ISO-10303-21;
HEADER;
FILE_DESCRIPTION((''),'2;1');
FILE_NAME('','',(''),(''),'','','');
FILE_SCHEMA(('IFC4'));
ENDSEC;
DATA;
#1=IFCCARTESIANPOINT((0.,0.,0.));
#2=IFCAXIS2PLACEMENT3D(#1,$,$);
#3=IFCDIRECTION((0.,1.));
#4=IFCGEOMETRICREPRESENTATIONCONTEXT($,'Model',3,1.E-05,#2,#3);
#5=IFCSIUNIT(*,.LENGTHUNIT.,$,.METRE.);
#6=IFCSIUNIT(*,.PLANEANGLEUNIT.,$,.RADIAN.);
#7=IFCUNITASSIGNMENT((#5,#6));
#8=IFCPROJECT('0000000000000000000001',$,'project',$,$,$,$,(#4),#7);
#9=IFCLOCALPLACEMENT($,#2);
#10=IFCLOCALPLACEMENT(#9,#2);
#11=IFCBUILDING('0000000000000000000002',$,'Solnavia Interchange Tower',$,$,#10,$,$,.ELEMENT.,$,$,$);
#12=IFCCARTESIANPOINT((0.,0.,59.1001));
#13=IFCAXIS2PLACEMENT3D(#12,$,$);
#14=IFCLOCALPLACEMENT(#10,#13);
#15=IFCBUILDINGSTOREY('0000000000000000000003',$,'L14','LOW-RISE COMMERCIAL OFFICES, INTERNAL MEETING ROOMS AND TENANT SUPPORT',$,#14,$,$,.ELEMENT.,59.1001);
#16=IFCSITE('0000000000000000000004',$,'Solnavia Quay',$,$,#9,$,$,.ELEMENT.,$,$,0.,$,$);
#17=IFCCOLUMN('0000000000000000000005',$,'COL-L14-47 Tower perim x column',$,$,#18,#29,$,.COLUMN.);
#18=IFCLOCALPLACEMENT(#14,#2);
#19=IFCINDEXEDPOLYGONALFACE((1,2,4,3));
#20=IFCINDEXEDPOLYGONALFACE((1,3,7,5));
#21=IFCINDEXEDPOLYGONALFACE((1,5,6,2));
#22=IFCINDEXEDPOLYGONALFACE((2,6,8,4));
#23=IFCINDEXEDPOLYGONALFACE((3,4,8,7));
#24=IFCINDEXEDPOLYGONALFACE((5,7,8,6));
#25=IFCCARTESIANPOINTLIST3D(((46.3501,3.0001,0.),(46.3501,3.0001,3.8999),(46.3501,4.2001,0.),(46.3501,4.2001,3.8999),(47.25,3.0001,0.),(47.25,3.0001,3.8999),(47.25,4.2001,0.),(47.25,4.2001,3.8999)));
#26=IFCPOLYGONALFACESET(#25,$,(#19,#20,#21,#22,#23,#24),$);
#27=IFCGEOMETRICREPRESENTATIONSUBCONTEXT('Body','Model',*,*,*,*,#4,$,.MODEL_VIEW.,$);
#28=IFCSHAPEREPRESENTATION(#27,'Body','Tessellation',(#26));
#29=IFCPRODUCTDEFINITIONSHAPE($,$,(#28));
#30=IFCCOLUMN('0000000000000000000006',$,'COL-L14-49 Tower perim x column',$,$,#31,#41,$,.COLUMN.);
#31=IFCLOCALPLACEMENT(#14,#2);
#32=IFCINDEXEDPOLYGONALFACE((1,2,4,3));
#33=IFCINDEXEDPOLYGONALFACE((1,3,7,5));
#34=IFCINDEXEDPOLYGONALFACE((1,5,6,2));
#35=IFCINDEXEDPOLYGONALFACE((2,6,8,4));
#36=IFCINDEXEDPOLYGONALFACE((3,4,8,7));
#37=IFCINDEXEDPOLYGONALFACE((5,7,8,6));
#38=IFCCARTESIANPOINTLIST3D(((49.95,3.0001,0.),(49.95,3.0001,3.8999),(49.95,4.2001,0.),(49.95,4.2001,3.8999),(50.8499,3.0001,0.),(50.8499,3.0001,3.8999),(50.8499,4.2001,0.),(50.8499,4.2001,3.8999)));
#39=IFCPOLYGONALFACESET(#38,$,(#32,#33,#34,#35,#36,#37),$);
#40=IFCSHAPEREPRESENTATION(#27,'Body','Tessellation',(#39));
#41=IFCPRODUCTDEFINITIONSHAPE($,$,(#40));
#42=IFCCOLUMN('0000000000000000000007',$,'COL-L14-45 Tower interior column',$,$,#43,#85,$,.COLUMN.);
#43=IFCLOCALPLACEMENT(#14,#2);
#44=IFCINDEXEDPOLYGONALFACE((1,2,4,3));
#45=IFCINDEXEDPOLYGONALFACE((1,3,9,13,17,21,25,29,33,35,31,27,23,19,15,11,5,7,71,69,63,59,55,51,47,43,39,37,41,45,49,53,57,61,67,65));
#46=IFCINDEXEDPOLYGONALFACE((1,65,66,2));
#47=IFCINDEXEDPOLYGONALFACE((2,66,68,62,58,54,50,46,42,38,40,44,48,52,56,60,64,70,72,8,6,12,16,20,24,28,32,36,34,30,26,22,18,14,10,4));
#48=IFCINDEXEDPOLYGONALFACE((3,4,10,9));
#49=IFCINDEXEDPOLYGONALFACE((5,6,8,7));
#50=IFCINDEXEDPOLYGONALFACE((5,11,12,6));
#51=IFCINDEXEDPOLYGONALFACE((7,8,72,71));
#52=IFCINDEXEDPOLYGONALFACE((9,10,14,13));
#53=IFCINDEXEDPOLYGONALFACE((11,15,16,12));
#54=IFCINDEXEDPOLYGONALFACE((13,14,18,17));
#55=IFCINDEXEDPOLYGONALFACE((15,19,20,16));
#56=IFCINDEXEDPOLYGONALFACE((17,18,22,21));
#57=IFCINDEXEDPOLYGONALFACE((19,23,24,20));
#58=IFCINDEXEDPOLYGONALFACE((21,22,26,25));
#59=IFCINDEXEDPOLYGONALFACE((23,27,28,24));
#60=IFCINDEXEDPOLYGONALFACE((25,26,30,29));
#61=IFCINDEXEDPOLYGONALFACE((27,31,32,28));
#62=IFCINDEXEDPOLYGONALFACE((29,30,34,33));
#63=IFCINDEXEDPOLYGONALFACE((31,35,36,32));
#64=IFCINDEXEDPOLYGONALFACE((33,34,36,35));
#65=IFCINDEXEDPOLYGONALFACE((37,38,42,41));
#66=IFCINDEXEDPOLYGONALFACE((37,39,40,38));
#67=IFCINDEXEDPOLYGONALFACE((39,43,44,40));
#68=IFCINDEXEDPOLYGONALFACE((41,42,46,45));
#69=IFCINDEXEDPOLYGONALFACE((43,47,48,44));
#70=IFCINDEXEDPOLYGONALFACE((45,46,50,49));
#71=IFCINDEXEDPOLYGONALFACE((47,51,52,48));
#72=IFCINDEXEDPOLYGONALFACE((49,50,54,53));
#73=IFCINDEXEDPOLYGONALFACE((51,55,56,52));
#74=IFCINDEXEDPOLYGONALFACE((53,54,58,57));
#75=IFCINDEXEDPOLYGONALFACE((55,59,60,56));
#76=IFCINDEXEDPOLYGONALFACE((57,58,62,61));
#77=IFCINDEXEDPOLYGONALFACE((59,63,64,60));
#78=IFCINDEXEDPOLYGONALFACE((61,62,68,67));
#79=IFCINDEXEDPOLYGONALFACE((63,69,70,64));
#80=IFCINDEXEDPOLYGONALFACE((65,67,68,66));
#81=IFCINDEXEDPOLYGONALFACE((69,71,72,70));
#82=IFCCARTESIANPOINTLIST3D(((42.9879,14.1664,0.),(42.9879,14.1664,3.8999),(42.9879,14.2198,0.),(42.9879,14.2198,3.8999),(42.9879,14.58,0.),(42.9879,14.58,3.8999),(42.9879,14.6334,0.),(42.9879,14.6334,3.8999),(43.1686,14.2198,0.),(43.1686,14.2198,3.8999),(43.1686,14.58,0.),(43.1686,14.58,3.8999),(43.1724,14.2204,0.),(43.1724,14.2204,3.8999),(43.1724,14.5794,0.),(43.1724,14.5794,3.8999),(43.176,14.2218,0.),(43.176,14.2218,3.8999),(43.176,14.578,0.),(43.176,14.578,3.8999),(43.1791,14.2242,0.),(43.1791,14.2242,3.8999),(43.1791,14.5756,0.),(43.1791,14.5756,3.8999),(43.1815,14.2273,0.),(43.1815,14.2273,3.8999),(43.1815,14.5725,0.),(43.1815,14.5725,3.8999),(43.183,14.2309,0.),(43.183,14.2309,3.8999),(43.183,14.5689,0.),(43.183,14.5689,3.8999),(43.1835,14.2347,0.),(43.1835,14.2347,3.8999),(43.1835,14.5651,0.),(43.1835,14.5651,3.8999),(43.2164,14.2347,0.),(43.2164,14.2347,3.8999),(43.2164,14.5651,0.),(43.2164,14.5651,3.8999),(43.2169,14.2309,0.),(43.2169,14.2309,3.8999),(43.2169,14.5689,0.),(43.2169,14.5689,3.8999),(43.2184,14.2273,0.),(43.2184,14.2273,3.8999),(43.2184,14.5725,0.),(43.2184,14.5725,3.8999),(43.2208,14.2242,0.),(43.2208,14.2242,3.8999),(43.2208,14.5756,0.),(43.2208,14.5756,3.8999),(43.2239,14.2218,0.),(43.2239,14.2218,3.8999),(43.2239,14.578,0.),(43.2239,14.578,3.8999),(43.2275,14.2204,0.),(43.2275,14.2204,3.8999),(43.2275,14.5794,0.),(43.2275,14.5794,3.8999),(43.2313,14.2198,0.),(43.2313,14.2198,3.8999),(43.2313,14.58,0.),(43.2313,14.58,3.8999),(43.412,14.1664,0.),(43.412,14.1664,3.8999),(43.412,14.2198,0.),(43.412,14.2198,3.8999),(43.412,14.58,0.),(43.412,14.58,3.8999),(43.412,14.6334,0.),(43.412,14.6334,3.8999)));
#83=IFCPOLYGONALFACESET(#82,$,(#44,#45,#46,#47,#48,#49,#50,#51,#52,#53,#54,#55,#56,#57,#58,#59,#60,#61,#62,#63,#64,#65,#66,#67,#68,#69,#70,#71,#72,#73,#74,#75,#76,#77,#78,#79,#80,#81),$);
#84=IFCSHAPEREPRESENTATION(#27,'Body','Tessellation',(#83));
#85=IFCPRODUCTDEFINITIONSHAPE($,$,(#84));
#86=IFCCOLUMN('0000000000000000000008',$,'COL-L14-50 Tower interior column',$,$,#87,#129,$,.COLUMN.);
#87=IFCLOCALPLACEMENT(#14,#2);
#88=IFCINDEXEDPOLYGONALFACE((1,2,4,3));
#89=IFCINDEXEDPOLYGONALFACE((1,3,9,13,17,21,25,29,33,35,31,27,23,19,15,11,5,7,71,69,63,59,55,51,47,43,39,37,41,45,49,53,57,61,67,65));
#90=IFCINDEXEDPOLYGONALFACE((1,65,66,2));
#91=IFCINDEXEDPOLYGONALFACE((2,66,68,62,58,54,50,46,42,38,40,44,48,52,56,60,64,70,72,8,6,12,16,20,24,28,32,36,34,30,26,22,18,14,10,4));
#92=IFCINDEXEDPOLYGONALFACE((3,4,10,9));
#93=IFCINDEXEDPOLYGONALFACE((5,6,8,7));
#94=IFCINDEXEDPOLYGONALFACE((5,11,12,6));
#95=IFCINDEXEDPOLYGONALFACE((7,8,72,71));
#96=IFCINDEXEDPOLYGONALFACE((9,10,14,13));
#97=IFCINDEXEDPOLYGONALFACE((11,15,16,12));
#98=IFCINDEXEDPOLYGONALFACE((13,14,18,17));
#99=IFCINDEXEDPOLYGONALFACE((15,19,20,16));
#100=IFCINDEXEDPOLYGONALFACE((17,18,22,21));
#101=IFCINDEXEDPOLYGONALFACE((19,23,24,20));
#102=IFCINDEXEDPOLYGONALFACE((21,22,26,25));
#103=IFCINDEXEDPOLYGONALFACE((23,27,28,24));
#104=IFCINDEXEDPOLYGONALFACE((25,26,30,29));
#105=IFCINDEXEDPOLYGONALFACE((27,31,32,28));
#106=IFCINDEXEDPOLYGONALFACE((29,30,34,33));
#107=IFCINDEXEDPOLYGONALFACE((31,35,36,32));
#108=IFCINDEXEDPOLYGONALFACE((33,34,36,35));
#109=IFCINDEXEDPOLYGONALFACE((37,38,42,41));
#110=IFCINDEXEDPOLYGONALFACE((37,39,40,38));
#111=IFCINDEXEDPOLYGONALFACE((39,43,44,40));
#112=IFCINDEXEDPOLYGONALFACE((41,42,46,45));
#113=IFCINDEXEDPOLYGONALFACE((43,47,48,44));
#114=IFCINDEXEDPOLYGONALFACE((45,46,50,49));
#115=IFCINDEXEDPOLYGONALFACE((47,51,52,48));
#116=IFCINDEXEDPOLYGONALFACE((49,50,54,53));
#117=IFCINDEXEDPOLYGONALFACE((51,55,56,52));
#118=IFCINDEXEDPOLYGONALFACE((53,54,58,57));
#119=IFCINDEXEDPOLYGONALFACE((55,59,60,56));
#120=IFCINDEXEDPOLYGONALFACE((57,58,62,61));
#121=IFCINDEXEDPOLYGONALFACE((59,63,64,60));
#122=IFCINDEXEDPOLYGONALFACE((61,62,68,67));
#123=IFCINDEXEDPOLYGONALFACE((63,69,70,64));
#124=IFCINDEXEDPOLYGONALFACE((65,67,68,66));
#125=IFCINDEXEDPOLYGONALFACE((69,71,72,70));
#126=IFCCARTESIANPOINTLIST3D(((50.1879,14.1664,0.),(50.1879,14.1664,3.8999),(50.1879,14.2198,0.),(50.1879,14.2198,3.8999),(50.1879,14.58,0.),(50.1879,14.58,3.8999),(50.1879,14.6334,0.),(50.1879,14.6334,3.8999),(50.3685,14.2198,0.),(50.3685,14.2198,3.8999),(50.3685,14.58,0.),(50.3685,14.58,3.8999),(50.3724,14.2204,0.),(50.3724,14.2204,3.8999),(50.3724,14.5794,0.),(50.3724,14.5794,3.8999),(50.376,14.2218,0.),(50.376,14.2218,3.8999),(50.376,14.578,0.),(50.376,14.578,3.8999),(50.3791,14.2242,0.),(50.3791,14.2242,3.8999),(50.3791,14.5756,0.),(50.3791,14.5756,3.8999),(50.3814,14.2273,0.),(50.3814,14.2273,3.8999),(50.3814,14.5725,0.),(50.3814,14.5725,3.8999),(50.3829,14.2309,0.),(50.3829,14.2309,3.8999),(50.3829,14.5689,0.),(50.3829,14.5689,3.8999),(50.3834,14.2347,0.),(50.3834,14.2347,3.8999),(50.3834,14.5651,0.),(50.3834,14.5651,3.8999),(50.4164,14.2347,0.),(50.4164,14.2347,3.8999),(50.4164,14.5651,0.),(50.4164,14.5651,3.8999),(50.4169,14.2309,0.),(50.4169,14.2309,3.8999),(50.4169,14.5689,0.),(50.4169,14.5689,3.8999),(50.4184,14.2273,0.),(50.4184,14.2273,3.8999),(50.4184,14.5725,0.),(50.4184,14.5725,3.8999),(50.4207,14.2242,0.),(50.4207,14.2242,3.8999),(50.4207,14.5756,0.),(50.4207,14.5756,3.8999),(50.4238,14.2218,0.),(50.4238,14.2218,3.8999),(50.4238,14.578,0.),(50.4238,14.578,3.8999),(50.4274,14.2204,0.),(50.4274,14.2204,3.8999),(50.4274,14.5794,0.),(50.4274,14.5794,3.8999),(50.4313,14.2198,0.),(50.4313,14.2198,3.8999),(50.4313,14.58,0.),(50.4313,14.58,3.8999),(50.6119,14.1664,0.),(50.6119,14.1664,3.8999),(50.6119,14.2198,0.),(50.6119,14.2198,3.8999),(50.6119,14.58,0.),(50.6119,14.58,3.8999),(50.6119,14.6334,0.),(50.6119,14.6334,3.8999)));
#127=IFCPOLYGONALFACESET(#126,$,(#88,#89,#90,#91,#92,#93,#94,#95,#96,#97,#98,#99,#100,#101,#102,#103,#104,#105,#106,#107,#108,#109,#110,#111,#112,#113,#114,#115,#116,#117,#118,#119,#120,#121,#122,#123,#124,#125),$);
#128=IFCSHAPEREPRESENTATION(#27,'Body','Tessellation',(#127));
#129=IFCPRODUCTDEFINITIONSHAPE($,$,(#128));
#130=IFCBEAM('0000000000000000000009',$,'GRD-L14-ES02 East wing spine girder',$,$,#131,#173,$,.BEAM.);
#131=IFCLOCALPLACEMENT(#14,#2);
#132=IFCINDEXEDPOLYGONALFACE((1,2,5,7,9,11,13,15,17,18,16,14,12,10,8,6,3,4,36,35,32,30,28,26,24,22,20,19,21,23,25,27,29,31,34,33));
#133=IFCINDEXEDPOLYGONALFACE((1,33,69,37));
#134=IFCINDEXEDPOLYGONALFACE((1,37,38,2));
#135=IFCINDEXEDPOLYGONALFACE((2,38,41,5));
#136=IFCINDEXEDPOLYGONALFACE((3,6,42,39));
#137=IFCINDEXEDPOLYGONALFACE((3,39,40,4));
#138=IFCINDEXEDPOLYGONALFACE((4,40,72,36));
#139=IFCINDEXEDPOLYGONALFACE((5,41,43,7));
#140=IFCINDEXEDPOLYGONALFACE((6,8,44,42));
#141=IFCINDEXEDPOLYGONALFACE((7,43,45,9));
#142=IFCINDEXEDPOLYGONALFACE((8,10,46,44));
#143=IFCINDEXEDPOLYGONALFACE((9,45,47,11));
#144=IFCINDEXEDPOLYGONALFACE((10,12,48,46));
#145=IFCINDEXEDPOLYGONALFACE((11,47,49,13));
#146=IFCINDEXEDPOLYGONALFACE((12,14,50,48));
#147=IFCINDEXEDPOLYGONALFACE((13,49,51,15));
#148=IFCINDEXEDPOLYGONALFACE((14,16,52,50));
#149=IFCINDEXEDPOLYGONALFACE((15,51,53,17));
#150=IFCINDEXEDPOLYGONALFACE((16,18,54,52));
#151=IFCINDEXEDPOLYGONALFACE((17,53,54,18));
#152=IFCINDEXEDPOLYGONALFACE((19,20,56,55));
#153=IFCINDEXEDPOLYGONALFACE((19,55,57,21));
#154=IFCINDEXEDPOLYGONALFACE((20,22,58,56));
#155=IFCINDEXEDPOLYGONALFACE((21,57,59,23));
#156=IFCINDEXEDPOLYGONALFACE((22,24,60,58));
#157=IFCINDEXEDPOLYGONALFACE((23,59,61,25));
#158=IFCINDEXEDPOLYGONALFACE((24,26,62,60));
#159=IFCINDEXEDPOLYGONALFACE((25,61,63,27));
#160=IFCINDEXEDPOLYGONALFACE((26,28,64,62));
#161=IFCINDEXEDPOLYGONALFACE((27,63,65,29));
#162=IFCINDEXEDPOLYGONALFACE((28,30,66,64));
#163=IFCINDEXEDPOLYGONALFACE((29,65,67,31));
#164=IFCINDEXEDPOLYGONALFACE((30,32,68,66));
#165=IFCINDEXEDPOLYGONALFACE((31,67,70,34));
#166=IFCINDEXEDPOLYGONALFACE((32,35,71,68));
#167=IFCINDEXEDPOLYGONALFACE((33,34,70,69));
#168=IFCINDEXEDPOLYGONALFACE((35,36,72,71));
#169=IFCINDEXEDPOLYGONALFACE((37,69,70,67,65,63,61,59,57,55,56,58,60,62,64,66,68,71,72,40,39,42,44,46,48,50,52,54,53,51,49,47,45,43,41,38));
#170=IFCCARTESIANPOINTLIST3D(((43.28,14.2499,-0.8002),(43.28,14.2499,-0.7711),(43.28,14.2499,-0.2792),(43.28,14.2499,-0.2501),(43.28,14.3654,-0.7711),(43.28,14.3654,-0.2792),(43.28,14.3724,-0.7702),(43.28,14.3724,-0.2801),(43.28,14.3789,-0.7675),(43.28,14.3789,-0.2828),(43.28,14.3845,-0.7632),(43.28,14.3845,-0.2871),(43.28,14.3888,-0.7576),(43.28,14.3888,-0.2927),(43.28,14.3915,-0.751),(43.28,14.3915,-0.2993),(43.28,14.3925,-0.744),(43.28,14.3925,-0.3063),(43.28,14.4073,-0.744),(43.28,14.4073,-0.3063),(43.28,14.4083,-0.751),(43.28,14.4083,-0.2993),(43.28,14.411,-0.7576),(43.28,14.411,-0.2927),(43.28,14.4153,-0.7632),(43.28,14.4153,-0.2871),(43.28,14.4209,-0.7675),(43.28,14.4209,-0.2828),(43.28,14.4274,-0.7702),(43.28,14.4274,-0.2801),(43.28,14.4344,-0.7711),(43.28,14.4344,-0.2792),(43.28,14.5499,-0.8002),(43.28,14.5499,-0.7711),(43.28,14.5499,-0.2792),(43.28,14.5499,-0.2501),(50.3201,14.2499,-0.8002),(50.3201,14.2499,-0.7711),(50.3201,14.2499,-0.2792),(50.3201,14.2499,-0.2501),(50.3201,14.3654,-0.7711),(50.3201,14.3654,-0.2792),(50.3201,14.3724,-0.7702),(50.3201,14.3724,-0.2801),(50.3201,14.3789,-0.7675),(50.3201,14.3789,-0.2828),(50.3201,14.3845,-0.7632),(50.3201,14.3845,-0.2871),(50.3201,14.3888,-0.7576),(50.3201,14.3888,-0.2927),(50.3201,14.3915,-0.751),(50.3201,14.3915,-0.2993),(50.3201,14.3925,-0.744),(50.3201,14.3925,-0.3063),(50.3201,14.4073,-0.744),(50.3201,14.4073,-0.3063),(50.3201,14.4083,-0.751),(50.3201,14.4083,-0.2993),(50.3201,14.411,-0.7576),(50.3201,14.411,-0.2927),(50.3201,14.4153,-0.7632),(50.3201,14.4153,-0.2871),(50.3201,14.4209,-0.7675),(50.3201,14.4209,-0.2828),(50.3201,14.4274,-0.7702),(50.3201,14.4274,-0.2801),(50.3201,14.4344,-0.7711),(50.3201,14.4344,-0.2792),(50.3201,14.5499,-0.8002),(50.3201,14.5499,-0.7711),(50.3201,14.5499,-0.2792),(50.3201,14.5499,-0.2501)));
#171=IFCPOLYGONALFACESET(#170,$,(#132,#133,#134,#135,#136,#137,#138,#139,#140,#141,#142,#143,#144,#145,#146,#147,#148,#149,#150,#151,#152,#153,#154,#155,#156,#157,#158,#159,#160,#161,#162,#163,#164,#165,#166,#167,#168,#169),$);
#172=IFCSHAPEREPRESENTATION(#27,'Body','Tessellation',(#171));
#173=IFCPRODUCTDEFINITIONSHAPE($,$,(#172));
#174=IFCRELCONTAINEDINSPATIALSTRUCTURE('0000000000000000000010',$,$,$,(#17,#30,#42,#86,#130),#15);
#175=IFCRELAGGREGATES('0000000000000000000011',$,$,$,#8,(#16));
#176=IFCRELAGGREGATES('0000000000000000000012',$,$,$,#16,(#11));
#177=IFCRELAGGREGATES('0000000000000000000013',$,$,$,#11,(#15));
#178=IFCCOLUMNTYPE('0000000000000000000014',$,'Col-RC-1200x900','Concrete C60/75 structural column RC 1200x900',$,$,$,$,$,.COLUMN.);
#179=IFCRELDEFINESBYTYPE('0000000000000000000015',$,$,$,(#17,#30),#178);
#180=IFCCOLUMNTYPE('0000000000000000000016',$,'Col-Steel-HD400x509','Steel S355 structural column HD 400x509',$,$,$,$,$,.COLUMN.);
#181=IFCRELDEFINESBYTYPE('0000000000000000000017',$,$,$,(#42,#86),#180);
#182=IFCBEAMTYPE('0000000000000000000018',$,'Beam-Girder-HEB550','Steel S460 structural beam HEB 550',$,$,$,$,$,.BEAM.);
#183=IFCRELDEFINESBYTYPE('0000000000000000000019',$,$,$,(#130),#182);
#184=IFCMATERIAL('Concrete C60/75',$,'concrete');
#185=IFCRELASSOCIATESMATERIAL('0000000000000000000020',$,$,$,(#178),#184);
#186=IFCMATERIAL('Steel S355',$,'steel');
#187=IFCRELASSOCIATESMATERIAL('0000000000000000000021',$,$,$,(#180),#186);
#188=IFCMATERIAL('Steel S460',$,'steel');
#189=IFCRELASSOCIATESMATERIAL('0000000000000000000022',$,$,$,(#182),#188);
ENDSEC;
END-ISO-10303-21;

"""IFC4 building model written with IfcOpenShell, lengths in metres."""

from ifc_helpers import new_model, si_unit, direction, frame, origin, origin_2d, place, context, subcontext, project, spatial, rectangle, i_section, extrude, material, material_profile, profile_set, type_object, element, save


model = new_model("IFC4")

# Units and contexts
model_context = context("Model", 3, precision=1e-05, world=origin(), true_north=direction((0.0, 1.0)))
body_context = subcontext(model_context, "Body", "Model", "MODEL_VIEW")
ifc_project = project(units=[si_unit("LENGTHUNIT", "METRE"), si_unit("PLANEANGLEUNIT", "RADIAN")], contexts=[model_context])

# Site, building, storey
site_placement = place(None, origin())
site = spatial("IfcSite", under=ifc_project, at=site_placement, Name="Solnavia Quay", CompositionType="ELEMENT", RefElevation=0.0)
building_placement = place(site_placement, origin())
building = spatial("IfcBuilding", under=site, at=building_placement, Name="Solnavia Interchange Tower", CompositionType="ELEMENT")
storey_placement = place(building_placement, frame((0.0, 0.0, 59.1001)))
storey = spatial("IfcBuildingStorey", under=building, at=storey_placement, Name="L14", Description="LOW-RISE COMMERCIAL OFFICES, INTERNAL MEETING ROOMS AND TENANT SUPPORT", CompositionType="ELEMENT", Elevation=59.1001)

# Columns
ifc_material_1 = material(Name="Concrete C60/75", Category="concrete")
ifc_material_profile_1 = material_profile(ifc_material_1, rectangle(XDim=0.8999, YDim=1.2, at=origin_2d()), Name="RC 1200x900")
ifc_profile_set_1 = profile_set([ifc_material_profile_1], Name="Concrete C60/75")
column_type_1 = type_object("IfcColumnType", Name="Col-RC-1200x900", Description="Concrete C60/75 structural column RC 1200x900", PredefinedType="COLUMN", material=ifc_profile_set_1)
for number, where, z_axis, x_axis, name in (
    (1, (46.8, 3.6001, 0.0), (0.0, 0.0, 1.0), (1.0, 0.0, 0.0), "COL-L14-47 Tower perim x column"),
    (2, (50.3999, 3.6001, 0.0), (0.0, 0.0, 1.0), (1.0, 0.0, 0.0), "COL-L14-49 Tower perim x column"),
):
    element("IfcColumn", number, at=place(storey_placement, frame(where, z_axis=z_axis, x_axis=x_axis)), inside=storey, type_object=column_type_1, Name=name, PredefinedType="COLUMN", context=body_context, shape_type="SweptSolid", body=[
        extrude(rectangle(XDim=0.8999, YDim=1.2, at=origin_2d()), origin(), (0.0, 0.0, 1.0), 3.8999),
    ])
ifc_material_2 = material(Name="Steel S355", Category="steel")
ifc_material_profile_2 = material_profile(ifc_material_2, i_section(OverallWidth=0.4241, OverallDepth=0.467, WebThickness=0.033, FlangeThickness=0.0535, FilletRadius=0.0149, at=origin_2d()), Name="HD 400x509")
ifc_profile_set_2 = profile_set([ifc_material_profile_2], Name="Steel S355")
column_type_2 = type_object("IfcColumnType", Name="Col-Steel-HD400x509", Description="Steel S355 structural column HD 400x509", PredefinedType="COLUMN", material=ifc_profile_set_2)
for number, where, z_axis, x_axis, name in (
    (3, (43.2, 14.3999, 0.0), (0.0, 0.0, 1.0), (1.0, 0.0, 0.0), "COL-L14-45 Tower interior column"),
    (4, (50.3999, 14.3999, 0.0), (0.0, 0.0, 1.0), (1.0, 0.0, 0.0), "COL-L14-50 Tower interior column"),
):
    element("IfcColumn", number, at=place(storey_placement, frame(where, z_axis=z_axis, x_axis=x_axis)), inside=storey, type_object=column_type_2, Name=name, PredefinedType="COLUMN", context=body_context, shape_type="SweptSolid", body=[
        extrude(i_section(OverallWidth=0.4241, OverallDepth=0.467, WebThickness=0.033, FlangeThickness=0.0535, FilletRadius=0.0149, at=origin_2d()), origin(), (0.0, 0.0, 1.0), 3.8999),
    ])

# Beam
ifc_material_3 = material(Name="Steel S460", Category="steel")
ifc_material_profile_3 = material_profile(ifc_material_3, i_section(OverallWidth=0.3, OverallDepth=0.55, WebThickness=0.0149, FlangeThickness=0.0291, FilletRadius=0.0271, at=origin_2d()), Name="HEB 550")
ifc_profile_set_3 = profile_set([ifc_material_profile_3], Name="Steel S460")
beam_type_1 = type_object("IfcBeamType", Name="Beam-Girder-HEB550", Description="Steel S460 structural beam HEB 550", PredefinedType="BEAM", material=ifc_profile_set_3)
beam_1_placement = place(storey_placement, frame((43.28, 14.3999, -0.5251), z_axis=(1.0, 0.0, 0.0), x_axis=(0.0, 1.0, 0.0)))
element("IfcBeam", 5, at=beam_1_placement, inside=storey, type_object=beam_type_1, Name="GRD-L14-ES02 East wing spine girder", PredefinedType="BEAM", context=body_context, shape_type="SweptSolid", body=[
    extrude(i_section(OverallWidth=0.3, OverallDepth=0.55, WebThickness=0.0149, FlangeThickness=0.0291, FilletRadius=0.0271, at=origin_2d()), origin(), (0.0, 0.0, 1.0), 7.04),
])

save(model, "model.ifc")
